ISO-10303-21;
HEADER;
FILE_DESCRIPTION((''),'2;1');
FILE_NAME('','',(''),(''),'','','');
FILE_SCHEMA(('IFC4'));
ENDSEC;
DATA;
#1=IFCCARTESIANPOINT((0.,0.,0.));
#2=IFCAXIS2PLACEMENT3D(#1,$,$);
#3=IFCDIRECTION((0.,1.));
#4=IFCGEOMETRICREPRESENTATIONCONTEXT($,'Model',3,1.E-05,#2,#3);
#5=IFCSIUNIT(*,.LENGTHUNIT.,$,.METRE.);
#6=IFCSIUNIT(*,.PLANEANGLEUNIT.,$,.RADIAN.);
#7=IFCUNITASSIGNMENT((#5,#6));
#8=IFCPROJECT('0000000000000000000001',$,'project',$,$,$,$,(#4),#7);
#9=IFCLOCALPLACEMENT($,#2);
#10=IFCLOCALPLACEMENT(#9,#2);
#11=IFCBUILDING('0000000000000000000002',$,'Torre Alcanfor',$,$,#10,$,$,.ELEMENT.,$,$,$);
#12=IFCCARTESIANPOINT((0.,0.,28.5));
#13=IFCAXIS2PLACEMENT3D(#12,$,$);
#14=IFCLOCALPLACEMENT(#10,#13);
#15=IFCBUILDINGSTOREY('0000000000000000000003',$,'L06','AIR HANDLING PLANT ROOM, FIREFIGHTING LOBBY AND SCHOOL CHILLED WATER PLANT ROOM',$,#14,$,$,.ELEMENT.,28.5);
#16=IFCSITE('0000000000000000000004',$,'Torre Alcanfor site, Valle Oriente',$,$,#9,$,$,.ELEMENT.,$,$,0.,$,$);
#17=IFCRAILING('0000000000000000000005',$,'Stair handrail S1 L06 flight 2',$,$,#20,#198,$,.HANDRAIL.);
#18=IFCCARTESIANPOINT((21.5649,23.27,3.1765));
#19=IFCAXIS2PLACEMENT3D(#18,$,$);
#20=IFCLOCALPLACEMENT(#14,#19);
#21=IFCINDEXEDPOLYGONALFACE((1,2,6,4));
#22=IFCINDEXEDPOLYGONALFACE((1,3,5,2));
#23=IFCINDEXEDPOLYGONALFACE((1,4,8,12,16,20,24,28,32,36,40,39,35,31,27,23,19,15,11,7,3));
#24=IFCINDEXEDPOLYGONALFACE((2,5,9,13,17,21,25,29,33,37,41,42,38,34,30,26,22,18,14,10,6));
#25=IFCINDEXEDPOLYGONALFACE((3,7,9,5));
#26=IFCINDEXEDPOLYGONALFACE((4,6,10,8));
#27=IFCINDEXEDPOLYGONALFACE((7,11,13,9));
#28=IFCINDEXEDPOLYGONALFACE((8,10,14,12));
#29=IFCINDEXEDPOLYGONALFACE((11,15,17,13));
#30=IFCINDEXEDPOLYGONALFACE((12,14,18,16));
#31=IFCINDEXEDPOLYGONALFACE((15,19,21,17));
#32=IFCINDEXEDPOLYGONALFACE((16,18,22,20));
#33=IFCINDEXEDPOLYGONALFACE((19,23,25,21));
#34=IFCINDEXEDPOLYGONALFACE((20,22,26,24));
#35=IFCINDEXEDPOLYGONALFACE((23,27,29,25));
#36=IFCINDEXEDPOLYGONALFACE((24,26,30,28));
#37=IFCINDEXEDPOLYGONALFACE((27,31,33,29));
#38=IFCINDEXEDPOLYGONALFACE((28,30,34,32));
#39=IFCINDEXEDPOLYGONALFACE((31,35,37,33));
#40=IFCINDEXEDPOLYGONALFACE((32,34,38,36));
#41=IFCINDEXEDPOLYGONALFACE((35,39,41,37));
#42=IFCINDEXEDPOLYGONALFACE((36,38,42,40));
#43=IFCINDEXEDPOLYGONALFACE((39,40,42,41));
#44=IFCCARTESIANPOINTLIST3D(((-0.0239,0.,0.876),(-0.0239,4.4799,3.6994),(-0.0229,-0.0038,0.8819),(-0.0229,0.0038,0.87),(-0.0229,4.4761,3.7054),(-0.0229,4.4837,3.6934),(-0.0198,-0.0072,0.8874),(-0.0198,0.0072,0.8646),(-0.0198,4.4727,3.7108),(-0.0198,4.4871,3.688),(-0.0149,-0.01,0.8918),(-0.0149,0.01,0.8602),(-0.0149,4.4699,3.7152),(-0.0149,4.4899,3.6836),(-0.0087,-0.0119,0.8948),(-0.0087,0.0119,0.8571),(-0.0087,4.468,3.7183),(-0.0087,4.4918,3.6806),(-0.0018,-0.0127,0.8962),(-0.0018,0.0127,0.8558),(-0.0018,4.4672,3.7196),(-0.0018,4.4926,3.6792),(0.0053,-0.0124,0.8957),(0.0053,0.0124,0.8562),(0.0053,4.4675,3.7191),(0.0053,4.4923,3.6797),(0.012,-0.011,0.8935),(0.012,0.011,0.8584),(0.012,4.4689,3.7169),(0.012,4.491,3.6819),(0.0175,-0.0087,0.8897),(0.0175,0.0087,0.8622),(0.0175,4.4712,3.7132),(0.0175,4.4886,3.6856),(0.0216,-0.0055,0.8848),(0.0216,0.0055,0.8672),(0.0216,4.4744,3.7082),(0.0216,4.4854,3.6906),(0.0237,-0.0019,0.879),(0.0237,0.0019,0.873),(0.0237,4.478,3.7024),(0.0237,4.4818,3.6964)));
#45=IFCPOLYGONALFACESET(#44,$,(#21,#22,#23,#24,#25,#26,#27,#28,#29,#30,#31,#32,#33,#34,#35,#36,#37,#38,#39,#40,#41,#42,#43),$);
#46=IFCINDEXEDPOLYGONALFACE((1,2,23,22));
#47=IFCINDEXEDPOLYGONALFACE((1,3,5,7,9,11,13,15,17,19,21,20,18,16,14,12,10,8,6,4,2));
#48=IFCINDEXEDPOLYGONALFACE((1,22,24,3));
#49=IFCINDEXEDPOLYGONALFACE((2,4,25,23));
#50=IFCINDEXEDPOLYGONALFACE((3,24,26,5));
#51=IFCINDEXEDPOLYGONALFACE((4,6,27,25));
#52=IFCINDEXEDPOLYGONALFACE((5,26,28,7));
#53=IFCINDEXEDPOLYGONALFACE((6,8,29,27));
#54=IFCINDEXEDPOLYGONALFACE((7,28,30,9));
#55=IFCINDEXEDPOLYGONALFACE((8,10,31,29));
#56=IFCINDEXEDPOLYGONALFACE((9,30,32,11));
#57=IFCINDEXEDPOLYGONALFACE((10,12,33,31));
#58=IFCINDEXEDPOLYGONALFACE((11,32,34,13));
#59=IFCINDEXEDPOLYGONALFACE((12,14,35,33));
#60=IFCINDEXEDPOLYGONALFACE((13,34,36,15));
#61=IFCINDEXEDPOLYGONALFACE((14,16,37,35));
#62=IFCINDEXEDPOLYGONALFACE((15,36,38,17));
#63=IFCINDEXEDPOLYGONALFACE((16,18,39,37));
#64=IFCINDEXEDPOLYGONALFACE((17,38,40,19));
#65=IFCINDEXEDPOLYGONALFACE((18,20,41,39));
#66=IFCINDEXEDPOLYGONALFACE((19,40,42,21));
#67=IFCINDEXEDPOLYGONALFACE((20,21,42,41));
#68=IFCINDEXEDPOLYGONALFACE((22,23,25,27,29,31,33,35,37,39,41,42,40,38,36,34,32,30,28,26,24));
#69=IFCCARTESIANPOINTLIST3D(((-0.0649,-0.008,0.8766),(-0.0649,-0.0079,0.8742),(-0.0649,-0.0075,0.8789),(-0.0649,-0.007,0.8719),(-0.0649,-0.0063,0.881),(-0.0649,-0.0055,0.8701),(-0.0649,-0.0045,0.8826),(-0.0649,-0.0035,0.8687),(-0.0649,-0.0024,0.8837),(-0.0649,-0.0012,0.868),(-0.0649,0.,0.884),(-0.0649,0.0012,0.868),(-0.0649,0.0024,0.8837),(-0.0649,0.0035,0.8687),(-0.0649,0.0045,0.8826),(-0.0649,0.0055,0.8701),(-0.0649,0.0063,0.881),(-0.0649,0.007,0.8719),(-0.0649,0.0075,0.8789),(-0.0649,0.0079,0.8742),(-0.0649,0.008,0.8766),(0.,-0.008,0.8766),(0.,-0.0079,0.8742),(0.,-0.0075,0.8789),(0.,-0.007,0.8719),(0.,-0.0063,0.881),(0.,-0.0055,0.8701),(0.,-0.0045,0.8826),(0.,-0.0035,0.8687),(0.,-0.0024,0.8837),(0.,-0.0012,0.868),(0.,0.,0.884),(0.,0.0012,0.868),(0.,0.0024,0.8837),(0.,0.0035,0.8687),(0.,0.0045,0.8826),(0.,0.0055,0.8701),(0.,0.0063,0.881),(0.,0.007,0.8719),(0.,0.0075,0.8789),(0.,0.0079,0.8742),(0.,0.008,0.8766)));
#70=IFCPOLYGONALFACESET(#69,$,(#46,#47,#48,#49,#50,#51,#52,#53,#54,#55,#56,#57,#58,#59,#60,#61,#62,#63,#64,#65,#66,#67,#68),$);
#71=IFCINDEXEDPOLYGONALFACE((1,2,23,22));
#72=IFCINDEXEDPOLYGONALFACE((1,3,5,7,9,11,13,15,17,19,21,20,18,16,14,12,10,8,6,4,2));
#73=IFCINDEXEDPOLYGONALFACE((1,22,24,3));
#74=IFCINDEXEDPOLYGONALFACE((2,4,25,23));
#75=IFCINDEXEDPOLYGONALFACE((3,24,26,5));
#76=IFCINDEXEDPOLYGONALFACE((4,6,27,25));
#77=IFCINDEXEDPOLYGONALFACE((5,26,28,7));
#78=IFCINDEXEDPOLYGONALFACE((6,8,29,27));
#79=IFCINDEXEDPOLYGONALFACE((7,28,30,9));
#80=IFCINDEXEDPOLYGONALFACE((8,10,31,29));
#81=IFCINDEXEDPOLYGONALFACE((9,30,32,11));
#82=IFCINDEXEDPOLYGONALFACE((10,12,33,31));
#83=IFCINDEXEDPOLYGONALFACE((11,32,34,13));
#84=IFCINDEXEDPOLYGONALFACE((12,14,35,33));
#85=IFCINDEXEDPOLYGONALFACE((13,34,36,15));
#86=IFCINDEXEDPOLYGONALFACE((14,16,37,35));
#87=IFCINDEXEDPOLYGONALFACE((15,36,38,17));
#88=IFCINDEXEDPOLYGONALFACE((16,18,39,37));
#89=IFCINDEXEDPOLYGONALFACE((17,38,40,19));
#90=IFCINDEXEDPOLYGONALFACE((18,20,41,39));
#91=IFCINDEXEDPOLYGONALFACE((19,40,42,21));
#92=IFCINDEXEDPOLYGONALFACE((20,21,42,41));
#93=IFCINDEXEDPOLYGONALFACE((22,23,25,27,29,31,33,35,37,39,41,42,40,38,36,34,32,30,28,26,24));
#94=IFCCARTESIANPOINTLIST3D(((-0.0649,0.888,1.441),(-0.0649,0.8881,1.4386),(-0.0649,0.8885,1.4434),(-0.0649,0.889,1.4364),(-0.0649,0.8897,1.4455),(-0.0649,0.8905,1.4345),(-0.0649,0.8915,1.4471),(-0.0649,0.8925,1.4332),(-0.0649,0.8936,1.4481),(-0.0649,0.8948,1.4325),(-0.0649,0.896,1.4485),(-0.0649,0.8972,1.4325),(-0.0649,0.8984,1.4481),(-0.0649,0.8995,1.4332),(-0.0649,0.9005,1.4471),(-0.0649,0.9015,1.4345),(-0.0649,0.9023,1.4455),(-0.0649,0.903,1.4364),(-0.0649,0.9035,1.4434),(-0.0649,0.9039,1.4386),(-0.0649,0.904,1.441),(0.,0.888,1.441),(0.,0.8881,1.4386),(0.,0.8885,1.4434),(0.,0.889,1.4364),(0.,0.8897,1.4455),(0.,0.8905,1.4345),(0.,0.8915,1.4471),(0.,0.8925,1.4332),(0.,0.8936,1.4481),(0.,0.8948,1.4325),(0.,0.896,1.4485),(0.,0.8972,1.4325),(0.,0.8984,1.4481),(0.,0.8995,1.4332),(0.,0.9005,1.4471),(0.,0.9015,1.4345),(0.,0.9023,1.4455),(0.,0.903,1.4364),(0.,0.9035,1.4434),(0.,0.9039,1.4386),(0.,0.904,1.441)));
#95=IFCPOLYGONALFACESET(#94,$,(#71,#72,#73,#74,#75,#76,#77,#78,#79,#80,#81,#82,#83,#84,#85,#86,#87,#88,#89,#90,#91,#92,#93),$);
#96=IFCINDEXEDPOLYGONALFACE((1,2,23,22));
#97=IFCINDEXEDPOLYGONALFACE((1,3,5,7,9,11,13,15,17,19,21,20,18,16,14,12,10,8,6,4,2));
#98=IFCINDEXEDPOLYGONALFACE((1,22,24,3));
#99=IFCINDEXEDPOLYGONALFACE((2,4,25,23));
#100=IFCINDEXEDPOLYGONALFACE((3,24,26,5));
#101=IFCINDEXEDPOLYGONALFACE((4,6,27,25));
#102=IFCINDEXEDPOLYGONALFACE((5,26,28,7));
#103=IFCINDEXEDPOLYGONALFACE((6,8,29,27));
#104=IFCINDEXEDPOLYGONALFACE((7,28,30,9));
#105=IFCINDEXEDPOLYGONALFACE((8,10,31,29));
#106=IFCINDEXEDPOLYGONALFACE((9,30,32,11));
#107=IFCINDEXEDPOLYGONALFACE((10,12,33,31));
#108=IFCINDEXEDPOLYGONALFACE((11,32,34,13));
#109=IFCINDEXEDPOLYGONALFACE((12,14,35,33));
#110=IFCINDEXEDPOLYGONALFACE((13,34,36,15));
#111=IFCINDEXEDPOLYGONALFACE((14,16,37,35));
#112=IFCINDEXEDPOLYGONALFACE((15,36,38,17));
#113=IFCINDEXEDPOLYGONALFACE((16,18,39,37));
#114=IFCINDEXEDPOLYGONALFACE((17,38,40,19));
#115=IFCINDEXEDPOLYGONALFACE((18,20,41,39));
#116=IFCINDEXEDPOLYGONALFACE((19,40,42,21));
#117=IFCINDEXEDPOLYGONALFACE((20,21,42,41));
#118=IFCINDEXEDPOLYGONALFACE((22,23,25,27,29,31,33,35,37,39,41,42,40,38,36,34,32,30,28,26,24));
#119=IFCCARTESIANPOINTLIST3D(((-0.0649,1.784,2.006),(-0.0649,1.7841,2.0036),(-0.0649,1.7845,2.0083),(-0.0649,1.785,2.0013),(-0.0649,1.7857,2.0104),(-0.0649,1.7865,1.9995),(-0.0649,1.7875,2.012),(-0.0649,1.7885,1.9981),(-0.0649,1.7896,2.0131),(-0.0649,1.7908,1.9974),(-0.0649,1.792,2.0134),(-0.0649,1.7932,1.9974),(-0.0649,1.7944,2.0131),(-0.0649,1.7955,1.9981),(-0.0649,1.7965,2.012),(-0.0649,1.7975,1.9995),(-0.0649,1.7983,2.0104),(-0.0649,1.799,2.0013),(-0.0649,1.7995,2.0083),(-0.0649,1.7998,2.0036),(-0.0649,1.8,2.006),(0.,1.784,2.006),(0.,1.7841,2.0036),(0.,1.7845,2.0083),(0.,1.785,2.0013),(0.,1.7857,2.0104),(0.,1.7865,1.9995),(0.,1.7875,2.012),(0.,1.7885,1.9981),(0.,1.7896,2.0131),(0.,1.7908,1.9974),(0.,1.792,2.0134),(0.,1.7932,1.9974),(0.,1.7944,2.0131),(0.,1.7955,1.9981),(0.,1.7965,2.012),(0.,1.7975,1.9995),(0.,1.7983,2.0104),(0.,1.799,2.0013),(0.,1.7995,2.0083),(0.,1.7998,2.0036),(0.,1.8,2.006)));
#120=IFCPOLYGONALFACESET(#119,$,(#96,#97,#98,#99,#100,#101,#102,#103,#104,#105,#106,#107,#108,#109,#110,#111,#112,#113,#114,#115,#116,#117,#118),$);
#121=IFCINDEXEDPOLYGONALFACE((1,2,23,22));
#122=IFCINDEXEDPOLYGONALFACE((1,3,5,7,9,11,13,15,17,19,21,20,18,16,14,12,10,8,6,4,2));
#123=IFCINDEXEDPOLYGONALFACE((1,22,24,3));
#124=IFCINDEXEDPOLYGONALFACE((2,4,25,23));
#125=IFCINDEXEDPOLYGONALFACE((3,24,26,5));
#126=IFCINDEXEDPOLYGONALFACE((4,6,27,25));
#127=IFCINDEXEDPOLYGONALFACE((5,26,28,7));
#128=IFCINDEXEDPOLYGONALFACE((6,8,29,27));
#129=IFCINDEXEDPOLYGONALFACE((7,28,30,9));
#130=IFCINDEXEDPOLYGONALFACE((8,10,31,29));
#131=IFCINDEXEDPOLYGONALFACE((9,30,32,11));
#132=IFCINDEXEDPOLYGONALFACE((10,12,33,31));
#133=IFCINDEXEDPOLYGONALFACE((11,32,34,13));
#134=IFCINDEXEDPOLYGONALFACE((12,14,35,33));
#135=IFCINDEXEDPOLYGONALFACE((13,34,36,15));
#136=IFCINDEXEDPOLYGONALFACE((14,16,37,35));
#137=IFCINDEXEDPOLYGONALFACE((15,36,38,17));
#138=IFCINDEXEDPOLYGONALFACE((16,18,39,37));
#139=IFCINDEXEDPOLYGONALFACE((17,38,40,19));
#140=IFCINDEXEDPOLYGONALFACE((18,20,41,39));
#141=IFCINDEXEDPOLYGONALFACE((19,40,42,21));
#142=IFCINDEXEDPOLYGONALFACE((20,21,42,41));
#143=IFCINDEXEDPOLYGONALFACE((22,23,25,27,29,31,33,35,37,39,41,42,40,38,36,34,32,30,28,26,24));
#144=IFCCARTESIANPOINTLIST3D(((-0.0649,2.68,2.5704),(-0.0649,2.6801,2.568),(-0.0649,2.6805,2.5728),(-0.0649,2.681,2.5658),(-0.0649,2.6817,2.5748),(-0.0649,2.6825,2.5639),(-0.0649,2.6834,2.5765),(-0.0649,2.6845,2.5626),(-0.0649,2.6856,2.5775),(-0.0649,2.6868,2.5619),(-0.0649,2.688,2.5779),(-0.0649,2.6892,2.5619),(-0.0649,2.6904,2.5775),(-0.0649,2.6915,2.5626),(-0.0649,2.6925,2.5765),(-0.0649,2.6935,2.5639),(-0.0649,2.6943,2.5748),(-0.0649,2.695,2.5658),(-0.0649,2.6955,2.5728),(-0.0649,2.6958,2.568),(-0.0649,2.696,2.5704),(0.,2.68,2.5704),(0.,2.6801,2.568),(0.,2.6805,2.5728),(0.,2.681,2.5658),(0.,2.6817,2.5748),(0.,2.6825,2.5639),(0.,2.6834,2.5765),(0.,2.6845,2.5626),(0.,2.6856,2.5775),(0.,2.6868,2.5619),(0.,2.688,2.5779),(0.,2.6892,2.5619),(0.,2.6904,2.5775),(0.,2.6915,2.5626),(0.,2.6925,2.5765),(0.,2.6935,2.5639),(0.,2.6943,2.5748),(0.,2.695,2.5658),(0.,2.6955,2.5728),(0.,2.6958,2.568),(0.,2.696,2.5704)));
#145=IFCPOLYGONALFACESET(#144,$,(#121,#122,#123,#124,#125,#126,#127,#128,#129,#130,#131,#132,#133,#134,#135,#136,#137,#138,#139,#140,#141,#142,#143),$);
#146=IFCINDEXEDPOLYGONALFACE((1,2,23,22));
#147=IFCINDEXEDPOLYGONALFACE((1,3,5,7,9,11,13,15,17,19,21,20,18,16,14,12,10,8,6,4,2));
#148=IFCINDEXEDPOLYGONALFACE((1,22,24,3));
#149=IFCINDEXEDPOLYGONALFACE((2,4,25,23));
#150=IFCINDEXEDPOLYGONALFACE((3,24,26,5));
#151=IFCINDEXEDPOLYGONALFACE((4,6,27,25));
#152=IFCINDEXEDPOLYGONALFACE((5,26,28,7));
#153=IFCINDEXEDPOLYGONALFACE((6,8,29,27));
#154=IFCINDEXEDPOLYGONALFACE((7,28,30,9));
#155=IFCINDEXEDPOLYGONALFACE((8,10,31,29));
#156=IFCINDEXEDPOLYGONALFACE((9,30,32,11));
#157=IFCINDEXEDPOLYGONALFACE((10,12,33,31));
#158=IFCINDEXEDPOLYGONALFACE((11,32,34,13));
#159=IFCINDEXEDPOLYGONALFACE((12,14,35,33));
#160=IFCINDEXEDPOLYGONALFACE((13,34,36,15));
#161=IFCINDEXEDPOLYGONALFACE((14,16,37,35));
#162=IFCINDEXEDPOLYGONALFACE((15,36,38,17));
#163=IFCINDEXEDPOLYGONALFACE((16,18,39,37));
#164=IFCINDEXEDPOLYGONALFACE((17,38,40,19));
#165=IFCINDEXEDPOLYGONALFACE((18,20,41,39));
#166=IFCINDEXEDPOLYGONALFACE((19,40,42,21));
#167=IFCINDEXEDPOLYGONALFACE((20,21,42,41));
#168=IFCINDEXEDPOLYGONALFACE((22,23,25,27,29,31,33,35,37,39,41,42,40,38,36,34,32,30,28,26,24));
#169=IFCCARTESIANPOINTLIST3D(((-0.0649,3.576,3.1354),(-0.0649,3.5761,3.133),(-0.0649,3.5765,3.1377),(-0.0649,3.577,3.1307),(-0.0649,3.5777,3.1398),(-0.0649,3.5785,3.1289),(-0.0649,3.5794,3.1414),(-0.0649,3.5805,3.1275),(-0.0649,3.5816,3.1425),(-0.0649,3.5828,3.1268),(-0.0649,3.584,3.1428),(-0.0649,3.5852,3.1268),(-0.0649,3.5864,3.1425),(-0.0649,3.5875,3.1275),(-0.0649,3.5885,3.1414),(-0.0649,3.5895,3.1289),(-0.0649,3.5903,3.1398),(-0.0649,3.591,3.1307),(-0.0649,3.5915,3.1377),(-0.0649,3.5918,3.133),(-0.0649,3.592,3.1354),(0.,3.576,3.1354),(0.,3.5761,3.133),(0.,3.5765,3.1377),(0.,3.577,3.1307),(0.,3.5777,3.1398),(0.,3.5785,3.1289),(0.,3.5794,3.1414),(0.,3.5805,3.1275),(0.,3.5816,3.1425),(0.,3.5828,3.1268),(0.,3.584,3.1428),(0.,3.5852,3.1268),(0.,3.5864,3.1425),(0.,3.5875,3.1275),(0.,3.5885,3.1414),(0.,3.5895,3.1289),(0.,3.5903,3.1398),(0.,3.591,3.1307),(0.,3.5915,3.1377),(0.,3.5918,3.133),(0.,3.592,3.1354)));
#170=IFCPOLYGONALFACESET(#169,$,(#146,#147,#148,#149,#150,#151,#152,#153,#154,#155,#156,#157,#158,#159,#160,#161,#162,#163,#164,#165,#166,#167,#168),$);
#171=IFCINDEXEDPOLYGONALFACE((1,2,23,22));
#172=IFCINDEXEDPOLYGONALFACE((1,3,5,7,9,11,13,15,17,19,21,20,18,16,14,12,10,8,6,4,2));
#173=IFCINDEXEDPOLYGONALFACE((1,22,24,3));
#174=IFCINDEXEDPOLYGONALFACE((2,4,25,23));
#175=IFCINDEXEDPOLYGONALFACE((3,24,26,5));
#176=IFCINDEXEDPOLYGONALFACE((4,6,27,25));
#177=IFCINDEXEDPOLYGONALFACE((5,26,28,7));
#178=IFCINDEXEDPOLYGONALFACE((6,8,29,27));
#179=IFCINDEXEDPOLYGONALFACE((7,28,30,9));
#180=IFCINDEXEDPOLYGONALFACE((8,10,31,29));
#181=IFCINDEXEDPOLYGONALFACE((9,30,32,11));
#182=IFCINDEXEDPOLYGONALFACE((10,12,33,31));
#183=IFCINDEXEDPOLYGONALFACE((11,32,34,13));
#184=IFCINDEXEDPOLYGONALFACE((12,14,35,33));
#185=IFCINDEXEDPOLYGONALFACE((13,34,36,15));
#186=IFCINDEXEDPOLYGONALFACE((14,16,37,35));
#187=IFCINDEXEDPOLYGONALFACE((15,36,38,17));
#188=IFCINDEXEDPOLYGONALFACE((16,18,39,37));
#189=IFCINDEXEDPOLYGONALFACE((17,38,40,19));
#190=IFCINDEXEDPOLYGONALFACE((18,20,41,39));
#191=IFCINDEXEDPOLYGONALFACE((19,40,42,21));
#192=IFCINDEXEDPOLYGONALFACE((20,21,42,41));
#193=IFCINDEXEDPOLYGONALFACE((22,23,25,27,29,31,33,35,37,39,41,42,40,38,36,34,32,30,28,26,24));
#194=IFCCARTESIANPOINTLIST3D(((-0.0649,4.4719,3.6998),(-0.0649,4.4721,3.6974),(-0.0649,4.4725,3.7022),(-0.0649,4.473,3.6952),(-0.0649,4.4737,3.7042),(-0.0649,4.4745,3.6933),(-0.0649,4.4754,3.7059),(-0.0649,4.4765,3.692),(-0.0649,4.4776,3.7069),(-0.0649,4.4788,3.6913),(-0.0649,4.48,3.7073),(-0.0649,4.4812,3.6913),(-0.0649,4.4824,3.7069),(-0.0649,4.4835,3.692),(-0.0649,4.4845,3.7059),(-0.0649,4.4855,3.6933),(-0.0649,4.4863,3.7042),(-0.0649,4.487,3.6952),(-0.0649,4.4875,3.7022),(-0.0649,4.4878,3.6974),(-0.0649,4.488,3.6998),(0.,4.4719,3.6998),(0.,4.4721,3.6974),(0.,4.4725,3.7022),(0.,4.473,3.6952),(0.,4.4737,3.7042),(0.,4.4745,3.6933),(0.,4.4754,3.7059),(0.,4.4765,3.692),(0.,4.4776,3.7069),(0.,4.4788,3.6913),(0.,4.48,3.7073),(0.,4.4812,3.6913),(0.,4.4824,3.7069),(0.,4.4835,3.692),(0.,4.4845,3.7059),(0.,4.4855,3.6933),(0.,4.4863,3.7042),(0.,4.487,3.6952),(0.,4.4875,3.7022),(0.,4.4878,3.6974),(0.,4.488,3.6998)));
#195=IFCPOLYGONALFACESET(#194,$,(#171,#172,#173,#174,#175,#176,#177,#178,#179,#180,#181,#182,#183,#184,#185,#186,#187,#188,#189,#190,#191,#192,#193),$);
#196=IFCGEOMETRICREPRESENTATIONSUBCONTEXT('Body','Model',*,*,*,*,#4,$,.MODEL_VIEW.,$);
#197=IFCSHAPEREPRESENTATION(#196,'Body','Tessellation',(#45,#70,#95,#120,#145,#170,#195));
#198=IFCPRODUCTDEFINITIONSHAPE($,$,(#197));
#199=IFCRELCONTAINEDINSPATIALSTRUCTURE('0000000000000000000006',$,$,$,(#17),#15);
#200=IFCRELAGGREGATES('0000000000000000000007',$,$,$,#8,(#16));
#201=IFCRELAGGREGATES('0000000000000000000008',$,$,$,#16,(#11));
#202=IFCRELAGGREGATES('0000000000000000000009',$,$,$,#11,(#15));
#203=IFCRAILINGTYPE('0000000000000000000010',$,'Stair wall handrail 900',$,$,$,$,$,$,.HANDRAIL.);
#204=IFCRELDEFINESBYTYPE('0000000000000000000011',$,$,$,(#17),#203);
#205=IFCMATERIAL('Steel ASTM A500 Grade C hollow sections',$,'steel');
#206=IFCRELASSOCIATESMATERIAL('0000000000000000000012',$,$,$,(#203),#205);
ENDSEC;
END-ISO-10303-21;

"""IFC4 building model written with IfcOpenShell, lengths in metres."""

from ifc_helpers import new_model, si_unit, direction, frame, origin, origin_2d, place, context, subcontext, project, spatial, circle, extrude, material, type_object, element, save


model = new_model("IFC4")

# Units and contexts
model_context = context("Model", 3, precision=1e-05, world=origin(), true_north=direction((0.0, 1.0)))
body_context = subcontext(model_context, "Body", "Model", "MODEL_VIEW")
ifc_project = project(units=[si_unit("LENGTHUNIT", "METRE"), si_unit("PLANEANGLEUNIT", "RADIAN")], contexts=[model_context])

# Site, building, storey
site_placement = place(None, origin())
site = spatial("IfcSite", under=ifc_project, at=site_placement, Name="Torre Alcanfor site, Valle Oriente", CompositionType="ELEMENT", RefElevation=0.0)
building_placement = place(site_placement, origin())
building = spatial("IfcBuilding", under=site, at=building_placement, Name="Torre Alcanfor", CompositionType="ELEMENT")
storey_placement = place(building_placement, frame((0.0, 0.0, 28.5)))
storey = spatial("IfcBuildingStorey", under=building, at=storey_placement, Name="L06", Description="AIR HANDLING PLANT ROOM, FIREFIGHTING LOBBY AND SCHOOL CHILLED WATER PLANT ROOM", CompositionType="ELEMENT", Elevation=28.5)

# Railing
ifc_material_1 = material(Name="Steel ASTM A500 Grade C hollow sections", Category="steel")
railing_type_1 = type_object("IfcRailingType", Name="Stair wall handrail 900", PredefinedType="HANDRAIL", material=ifc_material_1)
railing_1_placement = place(storey_placement, frame((21.5649, 23.27, 3.1765)))
element("IfcRailing", 1, at=railing_1_placement, inside=storey, type_object=railing_type_1, Name="Stair handrail S1 L06 flight 2", PredefinedType="HANDRAIL", context=body_context, shape_type="SweptSolid", body=[
    extrude(circle(Radius=0.0239, at=origin_2d()), frame((0.0, 0.0, 0.876), z_axis=(0.0, 0.845998, 0.533186), x_axis=(-1.0, 0.0, 0.0)), (0.0, 0.0, 1.0), 5.2954),
    extrude(circle(Radius=0.0081, at=origin_2d()), frame((0.0, 0.0, 0.876), z_axis=(-1.0, 0.0, 0.0), x_axis=(0.0, 0.0, 1.0)), (0.0, 0.0, 1.0), 0.0649),
    extrude(circle(Radius=0.0081, at=origin_2d()), frame((0.0, 0.896, 1.4404), z_axis=(-1.0, 0.0, 0.0), x_axis=(0.0, 0.0, 1.0)), (0.0, 0.0, 1.0), 0.0649),
    extrude(circle(Radius=0.0081, at=origin_2d()), frame((0.0, 1.792, 2.0054), z_axis=(-1.0, 0.0, 0.0), x_axis=(0.0, 0.0, 1.0)), (0.0, 0.0, 1.0), 0.0649),
    extrude(circle(Radius=0.0081, at=origin_2d()), frame((0.0, 2.688, 2.5698), z_axis=(-1.0, 0.0, 0.0), x_axis=(0.0, 0.0, 1.0)), (0.0, 0.0, 1.0), 0.0649),
    extrude(circle(Radius=0.0081, at=origin_2d()), frame((0.0, 3.584, 3.1348), z_axis=(-1.0, 0.0, 0.0), x_axis=(0.0, 0.0, 1.0)), (0.0, 0.0, 1.0), 0.0649),
    extrude(circle(Radius=0.0081, at=origin_2d()), frame((0.0, 4.48, 3.6992), z_axis=(-1.0, 0.0, 0.0), x_axis=(0.0, 0.0, 1.0)), (0.0, 0.0, 1.0), 0.0649),
])

save(model, "model.ifc")
